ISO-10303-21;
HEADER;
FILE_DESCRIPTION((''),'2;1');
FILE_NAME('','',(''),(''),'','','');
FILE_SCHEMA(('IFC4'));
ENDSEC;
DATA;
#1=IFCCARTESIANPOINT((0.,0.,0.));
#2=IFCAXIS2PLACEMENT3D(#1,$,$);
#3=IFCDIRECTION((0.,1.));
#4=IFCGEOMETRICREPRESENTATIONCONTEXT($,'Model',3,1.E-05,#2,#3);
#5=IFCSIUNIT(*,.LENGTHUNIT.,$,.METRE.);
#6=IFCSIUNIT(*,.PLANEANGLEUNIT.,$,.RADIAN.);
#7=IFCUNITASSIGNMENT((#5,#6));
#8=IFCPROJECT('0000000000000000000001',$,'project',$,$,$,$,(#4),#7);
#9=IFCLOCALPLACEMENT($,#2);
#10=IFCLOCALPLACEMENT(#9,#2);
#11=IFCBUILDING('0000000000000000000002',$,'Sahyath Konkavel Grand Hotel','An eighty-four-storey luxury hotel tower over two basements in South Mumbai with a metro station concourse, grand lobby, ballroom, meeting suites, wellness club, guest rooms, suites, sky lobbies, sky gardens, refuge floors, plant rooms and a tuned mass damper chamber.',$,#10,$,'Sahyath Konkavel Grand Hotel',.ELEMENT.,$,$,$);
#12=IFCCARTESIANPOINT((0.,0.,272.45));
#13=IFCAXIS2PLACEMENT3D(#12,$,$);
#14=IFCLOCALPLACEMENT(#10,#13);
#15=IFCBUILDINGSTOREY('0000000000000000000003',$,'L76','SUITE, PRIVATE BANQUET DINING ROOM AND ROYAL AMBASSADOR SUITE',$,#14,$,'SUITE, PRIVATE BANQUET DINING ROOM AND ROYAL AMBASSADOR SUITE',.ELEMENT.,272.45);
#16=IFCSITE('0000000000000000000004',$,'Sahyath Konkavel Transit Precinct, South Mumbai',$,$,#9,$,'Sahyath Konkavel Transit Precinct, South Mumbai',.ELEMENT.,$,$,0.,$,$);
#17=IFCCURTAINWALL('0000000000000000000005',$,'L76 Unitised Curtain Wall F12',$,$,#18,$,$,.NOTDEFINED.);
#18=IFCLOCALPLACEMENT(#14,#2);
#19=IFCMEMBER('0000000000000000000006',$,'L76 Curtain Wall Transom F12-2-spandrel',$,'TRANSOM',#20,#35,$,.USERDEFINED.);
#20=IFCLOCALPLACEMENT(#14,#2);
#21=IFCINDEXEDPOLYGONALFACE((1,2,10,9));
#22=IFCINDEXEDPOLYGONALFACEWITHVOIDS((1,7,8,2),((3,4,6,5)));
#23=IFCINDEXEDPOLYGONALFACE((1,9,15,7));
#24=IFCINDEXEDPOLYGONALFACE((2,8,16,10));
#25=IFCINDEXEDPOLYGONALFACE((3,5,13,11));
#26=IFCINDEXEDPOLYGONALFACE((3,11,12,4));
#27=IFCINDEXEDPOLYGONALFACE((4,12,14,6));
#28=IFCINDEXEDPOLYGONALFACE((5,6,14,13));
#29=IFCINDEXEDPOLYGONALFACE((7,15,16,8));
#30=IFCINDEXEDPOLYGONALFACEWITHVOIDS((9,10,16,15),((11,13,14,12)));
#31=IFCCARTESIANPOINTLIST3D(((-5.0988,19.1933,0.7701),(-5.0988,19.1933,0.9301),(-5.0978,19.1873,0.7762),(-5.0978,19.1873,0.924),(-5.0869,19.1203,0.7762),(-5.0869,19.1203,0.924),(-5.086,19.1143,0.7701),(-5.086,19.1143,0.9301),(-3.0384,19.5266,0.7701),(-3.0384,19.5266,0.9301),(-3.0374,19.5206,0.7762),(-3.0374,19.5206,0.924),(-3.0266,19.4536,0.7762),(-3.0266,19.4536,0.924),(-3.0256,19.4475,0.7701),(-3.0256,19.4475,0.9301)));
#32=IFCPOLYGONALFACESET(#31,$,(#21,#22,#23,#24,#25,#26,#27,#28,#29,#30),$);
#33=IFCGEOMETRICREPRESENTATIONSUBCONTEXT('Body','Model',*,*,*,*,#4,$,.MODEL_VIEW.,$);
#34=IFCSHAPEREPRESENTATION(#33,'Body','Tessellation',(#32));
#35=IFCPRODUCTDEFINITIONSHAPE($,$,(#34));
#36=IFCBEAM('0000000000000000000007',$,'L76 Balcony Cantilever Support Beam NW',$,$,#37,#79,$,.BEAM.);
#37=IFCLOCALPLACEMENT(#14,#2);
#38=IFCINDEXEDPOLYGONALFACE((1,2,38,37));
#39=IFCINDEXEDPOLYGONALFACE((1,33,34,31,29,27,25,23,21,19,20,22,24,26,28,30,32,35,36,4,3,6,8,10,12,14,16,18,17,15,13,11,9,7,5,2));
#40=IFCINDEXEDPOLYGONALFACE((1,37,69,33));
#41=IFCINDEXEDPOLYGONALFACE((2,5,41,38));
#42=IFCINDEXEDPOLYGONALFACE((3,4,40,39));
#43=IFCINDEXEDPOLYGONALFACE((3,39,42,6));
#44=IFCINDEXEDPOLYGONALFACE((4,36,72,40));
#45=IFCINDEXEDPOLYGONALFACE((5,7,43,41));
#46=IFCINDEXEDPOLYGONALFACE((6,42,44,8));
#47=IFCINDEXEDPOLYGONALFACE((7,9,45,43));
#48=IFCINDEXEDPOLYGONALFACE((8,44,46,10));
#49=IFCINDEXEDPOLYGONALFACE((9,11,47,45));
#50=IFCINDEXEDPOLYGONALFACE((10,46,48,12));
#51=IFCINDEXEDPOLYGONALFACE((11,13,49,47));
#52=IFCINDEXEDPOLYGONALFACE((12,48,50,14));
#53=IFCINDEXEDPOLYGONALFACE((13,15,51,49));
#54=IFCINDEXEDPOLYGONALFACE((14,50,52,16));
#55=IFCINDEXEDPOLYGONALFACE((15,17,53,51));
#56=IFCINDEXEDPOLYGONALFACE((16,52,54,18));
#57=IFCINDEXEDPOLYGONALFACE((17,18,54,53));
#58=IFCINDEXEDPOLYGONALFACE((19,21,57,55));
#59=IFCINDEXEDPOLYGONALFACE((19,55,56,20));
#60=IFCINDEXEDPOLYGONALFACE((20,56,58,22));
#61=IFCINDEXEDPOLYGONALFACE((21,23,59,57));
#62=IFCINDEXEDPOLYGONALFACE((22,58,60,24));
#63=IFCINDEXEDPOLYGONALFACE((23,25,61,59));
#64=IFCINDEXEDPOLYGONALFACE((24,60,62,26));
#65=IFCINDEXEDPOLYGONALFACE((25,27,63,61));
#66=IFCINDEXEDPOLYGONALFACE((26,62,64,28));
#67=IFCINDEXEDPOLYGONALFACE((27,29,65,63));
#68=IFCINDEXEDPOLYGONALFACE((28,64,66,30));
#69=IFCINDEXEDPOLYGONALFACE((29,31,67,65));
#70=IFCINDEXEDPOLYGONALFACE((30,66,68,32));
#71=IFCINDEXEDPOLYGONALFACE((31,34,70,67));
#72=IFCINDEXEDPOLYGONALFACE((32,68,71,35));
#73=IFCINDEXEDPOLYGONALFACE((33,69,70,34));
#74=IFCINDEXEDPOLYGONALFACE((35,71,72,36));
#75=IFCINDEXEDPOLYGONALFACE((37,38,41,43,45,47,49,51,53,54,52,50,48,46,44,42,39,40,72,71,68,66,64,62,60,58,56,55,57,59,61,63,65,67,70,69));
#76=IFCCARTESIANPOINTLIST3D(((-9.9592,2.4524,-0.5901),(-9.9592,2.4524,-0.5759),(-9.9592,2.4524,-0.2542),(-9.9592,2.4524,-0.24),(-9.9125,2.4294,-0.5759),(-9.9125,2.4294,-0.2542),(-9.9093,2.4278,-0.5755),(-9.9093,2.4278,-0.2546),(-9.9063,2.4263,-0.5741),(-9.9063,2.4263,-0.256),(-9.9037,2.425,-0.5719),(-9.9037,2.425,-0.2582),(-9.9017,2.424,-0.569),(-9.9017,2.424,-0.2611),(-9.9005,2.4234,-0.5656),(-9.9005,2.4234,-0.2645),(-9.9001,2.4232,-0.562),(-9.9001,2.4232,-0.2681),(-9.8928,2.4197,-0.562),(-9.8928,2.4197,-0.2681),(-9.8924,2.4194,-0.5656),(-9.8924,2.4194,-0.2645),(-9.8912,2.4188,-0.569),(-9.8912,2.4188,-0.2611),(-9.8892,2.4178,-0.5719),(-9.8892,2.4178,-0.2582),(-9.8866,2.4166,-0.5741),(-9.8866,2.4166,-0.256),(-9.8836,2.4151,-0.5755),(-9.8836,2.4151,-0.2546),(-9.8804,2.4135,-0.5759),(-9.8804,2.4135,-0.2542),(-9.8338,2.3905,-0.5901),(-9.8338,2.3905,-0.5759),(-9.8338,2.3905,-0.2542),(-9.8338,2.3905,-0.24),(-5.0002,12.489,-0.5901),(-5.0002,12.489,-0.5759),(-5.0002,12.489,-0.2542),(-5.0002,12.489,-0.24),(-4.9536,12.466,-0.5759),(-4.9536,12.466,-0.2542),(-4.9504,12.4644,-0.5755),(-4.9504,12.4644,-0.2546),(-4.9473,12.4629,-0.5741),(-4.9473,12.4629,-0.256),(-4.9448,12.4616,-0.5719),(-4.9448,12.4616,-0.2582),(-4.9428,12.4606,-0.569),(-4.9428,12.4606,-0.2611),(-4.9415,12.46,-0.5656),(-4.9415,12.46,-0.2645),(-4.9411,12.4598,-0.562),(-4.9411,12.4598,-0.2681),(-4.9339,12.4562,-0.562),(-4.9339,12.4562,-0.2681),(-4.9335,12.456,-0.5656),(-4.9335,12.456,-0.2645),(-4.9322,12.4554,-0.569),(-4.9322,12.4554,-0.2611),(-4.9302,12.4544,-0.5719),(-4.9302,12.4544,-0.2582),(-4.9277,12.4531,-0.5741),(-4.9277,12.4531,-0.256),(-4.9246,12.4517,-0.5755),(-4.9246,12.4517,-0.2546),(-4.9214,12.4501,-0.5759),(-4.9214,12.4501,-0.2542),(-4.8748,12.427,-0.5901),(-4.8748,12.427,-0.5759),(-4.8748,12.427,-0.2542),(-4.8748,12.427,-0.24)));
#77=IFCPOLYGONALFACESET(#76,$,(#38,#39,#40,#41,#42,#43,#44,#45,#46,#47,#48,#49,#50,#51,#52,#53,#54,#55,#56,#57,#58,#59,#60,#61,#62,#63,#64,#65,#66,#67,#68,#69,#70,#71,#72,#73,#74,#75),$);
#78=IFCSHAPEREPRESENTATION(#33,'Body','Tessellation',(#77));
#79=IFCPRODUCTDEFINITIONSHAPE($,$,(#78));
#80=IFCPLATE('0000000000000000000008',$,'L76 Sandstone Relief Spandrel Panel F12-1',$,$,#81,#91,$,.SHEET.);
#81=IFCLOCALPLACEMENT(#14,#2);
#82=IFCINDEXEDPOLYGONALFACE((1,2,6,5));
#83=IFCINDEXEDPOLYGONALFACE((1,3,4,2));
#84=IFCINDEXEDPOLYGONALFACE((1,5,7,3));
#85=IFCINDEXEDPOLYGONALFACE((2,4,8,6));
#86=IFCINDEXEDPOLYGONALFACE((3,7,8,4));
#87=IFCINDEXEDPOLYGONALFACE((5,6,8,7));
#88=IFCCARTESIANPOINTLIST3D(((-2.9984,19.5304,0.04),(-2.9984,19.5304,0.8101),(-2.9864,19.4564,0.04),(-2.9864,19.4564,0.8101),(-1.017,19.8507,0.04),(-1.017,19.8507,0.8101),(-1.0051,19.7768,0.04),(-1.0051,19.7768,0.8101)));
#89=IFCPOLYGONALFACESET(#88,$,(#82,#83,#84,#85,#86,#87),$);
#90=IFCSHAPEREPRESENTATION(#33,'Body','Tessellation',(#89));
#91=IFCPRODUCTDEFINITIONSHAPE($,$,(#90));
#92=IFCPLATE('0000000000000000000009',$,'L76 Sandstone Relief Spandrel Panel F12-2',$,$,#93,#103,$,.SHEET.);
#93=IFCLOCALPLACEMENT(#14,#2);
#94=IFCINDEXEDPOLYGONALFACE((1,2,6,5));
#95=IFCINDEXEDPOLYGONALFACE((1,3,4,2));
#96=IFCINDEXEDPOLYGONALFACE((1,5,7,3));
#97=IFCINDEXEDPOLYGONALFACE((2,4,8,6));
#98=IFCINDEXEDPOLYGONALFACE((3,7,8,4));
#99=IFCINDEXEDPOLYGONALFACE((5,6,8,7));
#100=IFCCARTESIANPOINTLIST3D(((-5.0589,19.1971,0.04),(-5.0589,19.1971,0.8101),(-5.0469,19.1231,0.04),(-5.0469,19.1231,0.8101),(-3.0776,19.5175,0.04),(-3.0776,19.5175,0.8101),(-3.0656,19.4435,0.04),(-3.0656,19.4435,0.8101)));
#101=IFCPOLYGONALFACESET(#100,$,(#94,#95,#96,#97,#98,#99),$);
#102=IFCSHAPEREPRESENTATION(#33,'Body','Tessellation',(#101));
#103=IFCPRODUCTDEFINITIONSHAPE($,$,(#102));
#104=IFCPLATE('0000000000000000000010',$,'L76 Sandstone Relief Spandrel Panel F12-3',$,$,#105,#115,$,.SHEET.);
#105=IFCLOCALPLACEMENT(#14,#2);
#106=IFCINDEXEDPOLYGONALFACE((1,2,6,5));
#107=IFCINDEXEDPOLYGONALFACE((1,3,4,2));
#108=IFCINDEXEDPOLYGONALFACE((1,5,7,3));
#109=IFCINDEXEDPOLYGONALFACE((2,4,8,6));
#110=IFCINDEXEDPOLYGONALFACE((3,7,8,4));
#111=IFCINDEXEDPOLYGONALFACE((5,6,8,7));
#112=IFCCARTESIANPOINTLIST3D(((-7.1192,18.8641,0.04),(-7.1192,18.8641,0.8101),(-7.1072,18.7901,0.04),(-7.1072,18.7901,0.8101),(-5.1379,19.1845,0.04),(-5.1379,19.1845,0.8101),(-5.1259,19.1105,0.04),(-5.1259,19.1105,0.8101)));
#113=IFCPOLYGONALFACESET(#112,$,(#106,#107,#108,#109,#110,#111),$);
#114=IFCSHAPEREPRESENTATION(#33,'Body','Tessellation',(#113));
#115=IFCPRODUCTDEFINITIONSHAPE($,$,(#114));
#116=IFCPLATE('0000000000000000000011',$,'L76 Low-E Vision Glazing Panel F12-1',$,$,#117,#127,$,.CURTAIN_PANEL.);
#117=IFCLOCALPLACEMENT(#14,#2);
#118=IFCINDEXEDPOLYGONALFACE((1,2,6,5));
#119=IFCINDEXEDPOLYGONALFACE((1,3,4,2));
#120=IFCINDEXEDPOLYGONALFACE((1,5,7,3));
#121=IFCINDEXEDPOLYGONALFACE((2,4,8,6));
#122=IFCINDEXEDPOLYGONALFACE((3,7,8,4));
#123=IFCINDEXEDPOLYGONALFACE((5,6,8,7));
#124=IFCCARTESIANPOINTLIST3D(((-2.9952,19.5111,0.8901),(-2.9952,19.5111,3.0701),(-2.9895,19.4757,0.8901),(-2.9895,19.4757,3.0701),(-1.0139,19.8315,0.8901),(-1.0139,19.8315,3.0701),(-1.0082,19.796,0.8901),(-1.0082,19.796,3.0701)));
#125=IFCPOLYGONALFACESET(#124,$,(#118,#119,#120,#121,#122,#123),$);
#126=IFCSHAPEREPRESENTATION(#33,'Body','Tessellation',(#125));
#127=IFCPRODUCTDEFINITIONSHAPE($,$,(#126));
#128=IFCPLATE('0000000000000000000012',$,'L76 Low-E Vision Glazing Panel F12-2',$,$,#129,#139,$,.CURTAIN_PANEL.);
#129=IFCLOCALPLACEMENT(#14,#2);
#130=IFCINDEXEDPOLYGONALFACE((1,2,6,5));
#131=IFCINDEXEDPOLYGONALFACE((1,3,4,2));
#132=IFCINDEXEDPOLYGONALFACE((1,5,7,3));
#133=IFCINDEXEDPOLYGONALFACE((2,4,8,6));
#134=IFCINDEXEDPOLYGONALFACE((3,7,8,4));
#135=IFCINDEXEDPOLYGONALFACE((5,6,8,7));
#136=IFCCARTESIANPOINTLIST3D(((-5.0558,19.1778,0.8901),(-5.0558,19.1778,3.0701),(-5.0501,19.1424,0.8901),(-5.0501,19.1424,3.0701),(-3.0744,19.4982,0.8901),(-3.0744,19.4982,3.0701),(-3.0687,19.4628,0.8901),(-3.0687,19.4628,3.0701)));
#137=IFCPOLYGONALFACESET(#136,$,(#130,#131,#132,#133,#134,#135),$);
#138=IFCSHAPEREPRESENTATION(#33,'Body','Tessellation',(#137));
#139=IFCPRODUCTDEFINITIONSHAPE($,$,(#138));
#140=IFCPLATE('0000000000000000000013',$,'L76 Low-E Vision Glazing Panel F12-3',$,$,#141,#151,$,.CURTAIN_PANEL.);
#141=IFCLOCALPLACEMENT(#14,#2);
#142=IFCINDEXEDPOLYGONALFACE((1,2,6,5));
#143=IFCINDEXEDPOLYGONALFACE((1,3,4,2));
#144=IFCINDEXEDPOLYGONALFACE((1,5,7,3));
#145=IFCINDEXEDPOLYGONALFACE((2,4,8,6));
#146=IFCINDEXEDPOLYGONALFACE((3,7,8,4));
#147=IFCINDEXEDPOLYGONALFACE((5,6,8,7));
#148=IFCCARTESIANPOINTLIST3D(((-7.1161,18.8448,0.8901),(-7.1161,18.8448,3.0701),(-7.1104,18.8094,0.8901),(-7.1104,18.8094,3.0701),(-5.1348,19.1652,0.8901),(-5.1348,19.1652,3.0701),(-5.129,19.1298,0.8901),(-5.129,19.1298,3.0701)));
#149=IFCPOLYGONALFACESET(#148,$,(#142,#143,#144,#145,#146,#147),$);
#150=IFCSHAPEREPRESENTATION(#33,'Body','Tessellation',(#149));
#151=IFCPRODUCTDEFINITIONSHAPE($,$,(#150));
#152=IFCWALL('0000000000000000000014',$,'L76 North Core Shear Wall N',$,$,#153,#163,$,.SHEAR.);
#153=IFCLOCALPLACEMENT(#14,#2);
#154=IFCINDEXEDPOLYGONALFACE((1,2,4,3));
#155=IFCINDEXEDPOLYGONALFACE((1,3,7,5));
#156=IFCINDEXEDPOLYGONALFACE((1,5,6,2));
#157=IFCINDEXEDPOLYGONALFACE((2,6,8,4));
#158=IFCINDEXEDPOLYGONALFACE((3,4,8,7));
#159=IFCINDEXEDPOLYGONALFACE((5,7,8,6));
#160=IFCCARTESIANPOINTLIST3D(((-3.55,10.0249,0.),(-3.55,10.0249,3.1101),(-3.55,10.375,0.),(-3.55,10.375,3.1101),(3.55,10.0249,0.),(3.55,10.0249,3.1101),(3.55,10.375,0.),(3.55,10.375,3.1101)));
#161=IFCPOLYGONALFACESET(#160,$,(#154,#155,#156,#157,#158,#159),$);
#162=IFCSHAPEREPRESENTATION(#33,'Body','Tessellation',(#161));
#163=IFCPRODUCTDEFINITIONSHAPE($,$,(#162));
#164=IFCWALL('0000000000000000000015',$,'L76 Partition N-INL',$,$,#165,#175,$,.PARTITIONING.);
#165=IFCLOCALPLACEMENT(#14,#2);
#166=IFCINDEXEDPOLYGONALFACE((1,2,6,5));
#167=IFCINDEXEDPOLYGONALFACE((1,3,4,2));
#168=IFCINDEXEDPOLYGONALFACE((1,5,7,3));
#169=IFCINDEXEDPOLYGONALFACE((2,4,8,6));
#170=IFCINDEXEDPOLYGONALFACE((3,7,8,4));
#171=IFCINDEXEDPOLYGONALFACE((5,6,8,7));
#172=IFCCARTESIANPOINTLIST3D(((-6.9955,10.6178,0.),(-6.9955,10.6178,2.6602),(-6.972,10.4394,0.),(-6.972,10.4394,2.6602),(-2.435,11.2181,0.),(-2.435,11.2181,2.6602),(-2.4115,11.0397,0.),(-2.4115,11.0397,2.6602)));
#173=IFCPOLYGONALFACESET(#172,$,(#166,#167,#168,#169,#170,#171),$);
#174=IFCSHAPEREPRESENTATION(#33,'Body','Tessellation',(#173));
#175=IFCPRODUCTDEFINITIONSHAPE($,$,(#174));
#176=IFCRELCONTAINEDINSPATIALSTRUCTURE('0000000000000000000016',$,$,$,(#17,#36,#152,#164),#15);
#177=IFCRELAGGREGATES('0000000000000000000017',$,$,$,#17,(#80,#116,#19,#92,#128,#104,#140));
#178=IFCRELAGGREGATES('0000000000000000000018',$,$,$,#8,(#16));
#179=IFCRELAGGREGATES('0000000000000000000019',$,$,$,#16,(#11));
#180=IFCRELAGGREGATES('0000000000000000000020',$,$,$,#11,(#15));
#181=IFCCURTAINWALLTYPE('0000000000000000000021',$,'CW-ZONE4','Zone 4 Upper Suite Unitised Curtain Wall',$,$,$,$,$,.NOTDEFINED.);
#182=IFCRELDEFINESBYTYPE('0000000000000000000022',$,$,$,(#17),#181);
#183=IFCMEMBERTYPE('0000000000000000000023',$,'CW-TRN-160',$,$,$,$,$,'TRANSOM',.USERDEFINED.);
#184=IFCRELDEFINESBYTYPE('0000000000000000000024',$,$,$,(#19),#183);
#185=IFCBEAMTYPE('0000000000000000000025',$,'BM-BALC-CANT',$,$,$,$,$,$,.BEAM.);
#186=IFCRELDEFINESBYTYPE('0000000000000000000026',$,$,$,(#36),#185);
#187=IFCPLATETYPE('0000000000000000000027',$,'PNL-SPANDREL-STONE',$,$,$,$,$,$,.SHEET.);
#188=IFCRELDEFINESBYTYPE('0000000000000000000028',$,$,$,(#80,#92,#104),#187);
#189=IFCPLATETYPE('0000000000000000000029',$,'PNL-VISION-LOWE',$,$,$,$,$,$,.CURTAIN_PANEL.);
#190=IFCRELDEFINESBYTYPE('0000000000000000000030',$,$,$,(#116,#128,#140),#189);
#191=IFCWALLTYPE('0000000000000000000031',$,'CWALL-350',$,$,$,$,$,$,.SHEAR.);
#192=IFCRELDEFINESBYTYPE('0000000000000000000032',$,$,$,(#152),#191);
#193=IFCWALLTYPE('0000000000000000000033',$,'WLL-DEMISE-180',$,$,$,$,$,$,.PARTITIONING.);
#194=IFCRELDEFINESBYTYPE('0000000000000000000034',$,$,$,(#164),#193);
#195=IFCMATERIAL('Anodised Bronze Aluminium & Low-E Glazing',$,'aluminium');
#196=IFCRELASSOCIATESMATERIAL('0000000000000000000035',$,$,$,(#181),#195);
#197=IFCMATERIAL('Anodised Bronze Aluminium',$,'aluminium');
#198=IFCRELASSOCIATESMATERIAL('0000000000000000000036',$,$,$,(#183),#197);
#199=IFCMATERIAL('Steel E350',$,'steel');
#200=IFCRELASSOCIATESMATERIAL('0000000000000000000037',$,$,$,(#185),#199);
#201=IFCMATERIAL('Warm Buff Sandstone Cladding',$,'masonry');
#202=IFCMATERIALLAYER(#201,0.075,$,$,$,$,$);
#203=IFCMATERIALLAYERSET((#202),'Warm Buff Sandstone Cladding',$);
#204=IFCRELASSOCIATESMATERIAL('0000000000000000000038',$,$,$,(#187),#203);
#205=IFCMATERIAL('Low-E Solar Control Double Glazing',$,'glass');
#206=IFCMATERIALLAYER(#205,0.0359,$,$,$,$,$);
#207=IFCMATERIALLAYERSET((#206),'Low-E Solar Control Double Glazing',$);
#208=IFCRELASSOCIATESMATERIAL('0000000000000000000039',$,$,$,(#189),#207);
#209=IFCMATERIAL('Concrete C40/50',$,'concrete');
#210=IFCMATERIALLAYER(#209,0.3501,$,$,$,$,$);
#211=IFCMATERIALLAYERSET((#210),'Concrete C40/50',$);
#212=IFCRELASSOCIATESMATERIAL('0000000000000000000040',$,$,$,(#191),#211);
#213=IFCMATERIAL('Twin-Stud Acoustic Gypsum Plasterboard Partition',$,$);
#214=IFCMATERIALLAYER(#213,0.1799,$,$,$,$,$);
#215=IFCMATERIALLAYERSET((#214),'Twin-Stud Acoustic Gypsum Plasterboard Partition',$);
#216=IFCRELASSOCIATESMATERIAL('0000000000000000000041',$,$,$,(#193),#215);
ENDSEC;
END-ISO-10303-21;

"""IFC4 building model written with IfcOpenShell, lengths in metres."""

from ifc_helpers import new_model, si_unit, direction, frame, frame_2d, origin, origin_2d, place, context, subcontext, project, spatial, rectangle, hollow_rectangle, i_section, extrude, source, transform, mapped, material, layer, layer_set, material_profile, profile_set, type_object, element, aggregate, save


model = new_model("IFC4")

# Units and contexts
model_context = context("Model", 3, precision=1e-05, world=origin(), true_north=direction((0.0, 1.0)))
body_context = subcontext(model_context, "Body", "Model", "MODEL_VIEW")
ifc_project = project(units=[si_unit("LENGTHUNIT", "METRE"), si_unit("PLANEANGLEUNIT", "RADIAN")], contexts=[model_context])

# Site, building, storey
site_placement = place(None, origin())
site = spatial("IfcSite", under=ifc_project, at=site_placement, Name="Sahyath Konkavel Transit Precinct, South Mumbai", LongName="Sahyath Konkavel Transit Precinct, South Mumbai", CompositionType="ELEMENT", RefElevation=0.0)
building_placement = place(site_placement, origin())
building = spatial("IfcBuilding", under=site, at=building_placement, Name="Sahyath Konkavel Grand Hotel", Description="An eighty-four-storey luxury hotel tower over two basements in South Mumbai with a metro station concourse, grand lobby, ballroom, meeting suites, wellness club, guest rooms, suites, sky lobbies, sky gardens, refuge floors, plant rooms and a tuned mass damper chamber.", LongName="Sahyath Konkavel Grand Hotel", CompositionType="ELEMENT")
storey_placement = place(building_placement, frame((0.0, 0.0, 272.45)))
storey = spatial("IfcBuildingStorey", under=building, at=storey_placement, Name="L76", Description="SUITE, PRIVATE BANQUET DINING ROOM AND ROYAL AMBASSADOR SUITE", LongName="SUITE, PRIVATE BANQUET DINING ROOM AND ROYAL AMBASSADOR SUITE", CompositionType="ELEMENT", Elevation=272.45)

# Shared definitions
ifc_material_1 = material(Name="Steel E350", Category="steel")

# Curtain wall, member
ifc_material_2 = material(Name="Anodised Bronze Aluminium & Low-E Glazing", Category="aluminium")
curtain_wall_type = type_object("IfcCurtainWallType", Name="CW-ZONE4", Description="Zone 4 Upper Suite Unitised Curtain Wall", PredefinedType="NOTDEFINED", material=ifc_material_2)
curtain_wall_placement = place(storey_placement, origin())
curtain_wall = element("IfcCurtainWall", 1, at=curtain_wall_placement, inside=storey, type_object=curtain_wall_type, Name="L76 Unitised Curtain Wall F12", PredefinedType="NOTDEFINED")
ifc_material_3 = material(Name="Anodised Bronze Aluminium", Category="aluminium")
ifc_material_profile_1 = material_profile(ifc_material_3, hollow_rectangle(XDim=0.0801, YDim=0.1599, WallThickness=0.0061, at=origin_2d()), Name="RHS 160x80x6")
ifc_profile_set_1 = profile_set([ifc_material_profile_1], Name="Anodised Bronze Aluminium")
member_type_1 = type_object("IfcMemberType", Name="CW-TRN-160", ElementType="TRANSOM", PredefinedType="USERDEFINED", material=ifc_profile_set_1)
shared_shape_1 = source(origin(), body_context, "Body", "SweptSolid", [
    extrude(hollow_rectangle(XDim=0.0801, YDim=0.1599, WallThickness=0.0061, at=origin_2d()), origin(), (0.0, 0.0, 1.0), 2.0872),
])
member_1_placement = place(storey_placement, frame((-3.032, 19.4871, 0.8501), z_axis=(-0.98717, -0.159674, 0.0), x_axis=(0.159674, -0.98717, 0.0)))
member_1 = element("IfcMember", 2, at=member_1_placement, type_object=member_type_1, Name="L76 Curtain Wall Transom F12-2-spandrel", ObjectType="TRANSOM", PredefinedType="USERDEFINED", context=body_context, shape_type="MappedRepresentation", body=[
    mapped(shared_shape_1, transform((0.0, 0.0, 0.0), scale=1.0)),
])

# Beam
ifc_material_profile_2 = material_profile(ifc_material_1, i_section(OverallWidth=0.1399, OverallDepth=0.3501, WebThickness=0.0081, FlangeThickness=0.0142, FilletRadius=0.0139, at=origin_2d()), Name="ISMB 350")
ifc_profile_set_2 = profile_set([ifc_material_profile_2], Name="Steel E350")
beam_type_1 = type_object("IfcBeamType", Name="BM-BALC-CANT", PredefinedType="BEAM", material=ifc_profile_set_2)
shared_shape_2 = source(origin(), body_context, "Body", "SweptSolid", [
    extrude(i_section(OverallWidth=0.1399, OverallDepth=0.3501, WebThickness=0.0081, FlangeThickness=0.0142, FilletRadius=0.0139, at=origin_2d()), origin(), (0.0, 0.0, 1.0), 11.1948),
])
beam_1_placement = place(storey_placement, frame((-4.9375, 12.458, -0.415), z_axis=(-0.442969, -0.896537, 0.0), x_axis=(0.896537, -0.442969, 0.0)))
element("IfcBeam", 3, at=beam_1_placement, inside=storey, type_object=beam_type_1, Name="L76 Balcony Cantilever Support Beam NW", PredefinedType="BEAM", context=body_context, shape_type="MappedRepresentation", body=[
    mapped(shared_shape_2, transform((0.0, 0.0, 0.0), scale=1.0)),
])

# Plates
ifc_material_4 = material(Name="Warm Buff Sandstone Cladding", Category="masonry")
ifc_layer_1 = layer(ifc_material_4, 0.075)
ifc_layer_set_1 = layer_set([ifc_layer_1], Name="Warm Buff Sandstone Cladding")
plate_type_1 = type_object("IfcPlateType", Name="PNL-SPANDREL-STONE", PredefinedType="SHEET", material=ifc_layer_set_1)
shared_shape_3 = source(origin(), body_context, "Body", "SweptSolid", [
    extrude(rectangle(XDim=2.0071, YDim=0.075, at=origin_2d()), origin(), (0.0, 0.0, 1.0), 0.77),
])
plate_1_placement = place(storey_placement, frame((-2.0017, 19.6536, 0.04), z_axis=(0.0, 0.0, 1.0), x_axis=(-0.987178, -0.159623, 0.0)))
plate_1 = element("IfcPlate", 4, at=plate_1_placement, type_object=plate_type_1, Name="L76 Sandstone Relief Spandrel Panel F12-1", PredefinedType="SHEET", context=body_context, shape_type="MappedRepresentation", body=[
    mapped(shared_shape_3, transform((0.0, 0.0, 0.0), scale=1.0)),
])
plate_2_placement = place(storey_placement, frame((-4.0623, 19.3203, 0.04), z_axis=(0.0, 0.0, 1.0), x_axis=(-0.987178, -0.159623, 0.0)))
plate_2 = element("IfcPlate", 5, at=plate_2_placement, type_object=plate_type_1, Name="L76 Sandstone Relief Spandrel Panel F12-2", PredefinedType="SHEET", context=body_context, shape_type="MappedRepresentation", body=[
    mapped(shared_shape_3, transform((0.0, 0.0, 0.0), scale=1.0)),
])
plate_3_placement = place(storey_placement, frame((-6.1226, 18.9873, 0.04), z_axis=(0.0, 0.0, 1.0), x_axis=(-0.987178, -0.159623, 0.0)))
plate_3 = element("IfcPlate", 6, at=plate_3_placement, type_object=plate_type_1, Name="L76 Sandstone Relief Spandrel Panel F12-3", PredefinedType="SHEET", context=body_context, shape_type="MappedRepresentation", body=[
    mapped(shared_shape_3, transform((0.0, 0.0, 0.0), scale=1.0)),
])
ifc_material_5 = material(Name="Low-E Solar Control Double Glazing", Category="glass")
ifc_layer_2 = layer(ifc_material_5, 0.0359)
ifc_layer_set_2 = layer_set([ifc_layer_2], Name="Low-E Solar Control Double Glazing")
plate_type_2 = type_object("IfcPlateType", Name="PNL-VISION-LOWE", PredefinedType="CURTAIN_PANEL", material=ifc_layer_set_2)
shared_shape_4 = source(origin(), body_context, "Body", "SweptSolid", [
    extrude(rectangle(XDim=2.0071, YDim=0.0359, at=origin_2d()), origin(), (0.0, 0.0, 1.0), 2.1799),
])
plate_4_placement = place(storey_placement, frame((-2.0017, 19.6536, 0.8901), z_axis=(0.0, 0.0, 1.0), x_axis=(-0.987178, -0.159623, 0.0)))
plate_4 = element("IfcPlate", 7, at=plate_4_placement, type_object=plate_type_2, Name="L76 Low-E Vision Glazing Panel F12-1", PredefinedType="CURTAIN_PANEL", context=body_context, shape_type="MappedRepresentation", body=[
    mapped(shared_shape_4, transform((0.0, 0.0, 0.0), scale=1.0)),
])
plate_5_placement = place(storey_placement, frame((-4.0623, 19.3203, 0.8901), z_axis=(0.0, 0.0, 1.0), x_axis=(-0.987178, -0.159623, 0.0)))
plate_5 = element("IfcPlate", 8, at=plate_5_placement, type_object=plate_type_2, Name="L76 Low-E Vision Glazing Panel F12-2", PredefinedType="CURTAIN_PANEL", context=body_context, shape_type="MappedRepresentation", body=[
    mapped(shared_shape_4, transform((0.0, 0.0, 0.0), scale=1.0)),
])
plate_6_placement = place(storey_placement, frame((-6.1226, 18.9873, 0.8901), z_axis=(0.0, 0.0, 1.0), x_axis=(-0.987178, -0.159623, 0.0)))
plate_6 = element("IfcPlate", 9, at=plate_6_placement, type_object=plate_type_2, Name="L76 Low-E Vision Glazing Panel F12-3", PredefinedType="CURTAIN_PANEL", context=body_context, shape_type="MappedRepresentation", body=[
    mapped(shared_shape_4, transform((0.0, 0.0, 0.0), scale=1.0)),
])
aggregate(curtain_wall, [plate_1, plate_4, member_1, plate_2, plate_5, plate_3, plate_6])

# Walls
ifc_material_6 = material(Name="Concrete C40/50", Category="concrete")
ifc_layer_3 = layer(ifc_material_6, 0.3501)
ifc_layer_set_3 = layer_set([ifc_layer_3], Name="Concrete C40/50")
wall_type_1 = type_object("IfcWallType", Name="CWALL-350", PredefinedType="SHEAR", material=ifc_layer_set_3)
wall_1_placement = place(storey_placement, frame((-3.55, 10.2, 0.0), z_axis=(0.0, 0.0, 1.0), x_axis=(1.0, 0.0, 0.0)))
element("IfcWall", 10, at=wall_1_placement, inside=storey, type_object=wall_type_1, Name="L76 North Core Shear Wall N", PredefinedType="SHEAR", context=body_context, shape_type="SweptSolid", body=[
    extrude(rectangle(XDim=7.1001, YDim=0.3501, at=frame_2d((3.55, 0.0))), origin(), (0.0, 0.0, 1.0), 3.1101),
])
ifc_material_7 = material(Name="Twin-Stud Acoustic Gypsum Plasterboard Partition")
ifc_layer_4 = layer(ifc_material_7, 0.1799)
ifc_layer_set_4 = layer_set([ifc_layer_4], Name="Twin-Stud Acoustic Gypsum Plasterboard Partition")
wall_type_2 = type_object("IfcWallType", Name="WLL-DEMISE-180", PredefinedType="PARTITIONING", material=ifc_layer_set_4)
wall_2_placement = place(storey_placement, frame((-2.4233, 11.1289, 0.0), z_axis=(0.0, 0.0, 1.0), x_axis=(-0.991447, -0.130512, 0.0)))
element("IfcWall", 11, at=wall_2_placement, inside=storey, type_object=wall_type_2, Name="L76 Partition N-INL", PredefinedType="PARTITIONING", context=body_context, shape_type="SweptSolid", body=[
    extrude(rectangle(XDim=4.5999, YDim=0.1799, at=frame_2d((2.2998, 0.0))), origin(), (0.0, 0.0, 1.0), 2.6602),
])

save(model, "model.ifc")
